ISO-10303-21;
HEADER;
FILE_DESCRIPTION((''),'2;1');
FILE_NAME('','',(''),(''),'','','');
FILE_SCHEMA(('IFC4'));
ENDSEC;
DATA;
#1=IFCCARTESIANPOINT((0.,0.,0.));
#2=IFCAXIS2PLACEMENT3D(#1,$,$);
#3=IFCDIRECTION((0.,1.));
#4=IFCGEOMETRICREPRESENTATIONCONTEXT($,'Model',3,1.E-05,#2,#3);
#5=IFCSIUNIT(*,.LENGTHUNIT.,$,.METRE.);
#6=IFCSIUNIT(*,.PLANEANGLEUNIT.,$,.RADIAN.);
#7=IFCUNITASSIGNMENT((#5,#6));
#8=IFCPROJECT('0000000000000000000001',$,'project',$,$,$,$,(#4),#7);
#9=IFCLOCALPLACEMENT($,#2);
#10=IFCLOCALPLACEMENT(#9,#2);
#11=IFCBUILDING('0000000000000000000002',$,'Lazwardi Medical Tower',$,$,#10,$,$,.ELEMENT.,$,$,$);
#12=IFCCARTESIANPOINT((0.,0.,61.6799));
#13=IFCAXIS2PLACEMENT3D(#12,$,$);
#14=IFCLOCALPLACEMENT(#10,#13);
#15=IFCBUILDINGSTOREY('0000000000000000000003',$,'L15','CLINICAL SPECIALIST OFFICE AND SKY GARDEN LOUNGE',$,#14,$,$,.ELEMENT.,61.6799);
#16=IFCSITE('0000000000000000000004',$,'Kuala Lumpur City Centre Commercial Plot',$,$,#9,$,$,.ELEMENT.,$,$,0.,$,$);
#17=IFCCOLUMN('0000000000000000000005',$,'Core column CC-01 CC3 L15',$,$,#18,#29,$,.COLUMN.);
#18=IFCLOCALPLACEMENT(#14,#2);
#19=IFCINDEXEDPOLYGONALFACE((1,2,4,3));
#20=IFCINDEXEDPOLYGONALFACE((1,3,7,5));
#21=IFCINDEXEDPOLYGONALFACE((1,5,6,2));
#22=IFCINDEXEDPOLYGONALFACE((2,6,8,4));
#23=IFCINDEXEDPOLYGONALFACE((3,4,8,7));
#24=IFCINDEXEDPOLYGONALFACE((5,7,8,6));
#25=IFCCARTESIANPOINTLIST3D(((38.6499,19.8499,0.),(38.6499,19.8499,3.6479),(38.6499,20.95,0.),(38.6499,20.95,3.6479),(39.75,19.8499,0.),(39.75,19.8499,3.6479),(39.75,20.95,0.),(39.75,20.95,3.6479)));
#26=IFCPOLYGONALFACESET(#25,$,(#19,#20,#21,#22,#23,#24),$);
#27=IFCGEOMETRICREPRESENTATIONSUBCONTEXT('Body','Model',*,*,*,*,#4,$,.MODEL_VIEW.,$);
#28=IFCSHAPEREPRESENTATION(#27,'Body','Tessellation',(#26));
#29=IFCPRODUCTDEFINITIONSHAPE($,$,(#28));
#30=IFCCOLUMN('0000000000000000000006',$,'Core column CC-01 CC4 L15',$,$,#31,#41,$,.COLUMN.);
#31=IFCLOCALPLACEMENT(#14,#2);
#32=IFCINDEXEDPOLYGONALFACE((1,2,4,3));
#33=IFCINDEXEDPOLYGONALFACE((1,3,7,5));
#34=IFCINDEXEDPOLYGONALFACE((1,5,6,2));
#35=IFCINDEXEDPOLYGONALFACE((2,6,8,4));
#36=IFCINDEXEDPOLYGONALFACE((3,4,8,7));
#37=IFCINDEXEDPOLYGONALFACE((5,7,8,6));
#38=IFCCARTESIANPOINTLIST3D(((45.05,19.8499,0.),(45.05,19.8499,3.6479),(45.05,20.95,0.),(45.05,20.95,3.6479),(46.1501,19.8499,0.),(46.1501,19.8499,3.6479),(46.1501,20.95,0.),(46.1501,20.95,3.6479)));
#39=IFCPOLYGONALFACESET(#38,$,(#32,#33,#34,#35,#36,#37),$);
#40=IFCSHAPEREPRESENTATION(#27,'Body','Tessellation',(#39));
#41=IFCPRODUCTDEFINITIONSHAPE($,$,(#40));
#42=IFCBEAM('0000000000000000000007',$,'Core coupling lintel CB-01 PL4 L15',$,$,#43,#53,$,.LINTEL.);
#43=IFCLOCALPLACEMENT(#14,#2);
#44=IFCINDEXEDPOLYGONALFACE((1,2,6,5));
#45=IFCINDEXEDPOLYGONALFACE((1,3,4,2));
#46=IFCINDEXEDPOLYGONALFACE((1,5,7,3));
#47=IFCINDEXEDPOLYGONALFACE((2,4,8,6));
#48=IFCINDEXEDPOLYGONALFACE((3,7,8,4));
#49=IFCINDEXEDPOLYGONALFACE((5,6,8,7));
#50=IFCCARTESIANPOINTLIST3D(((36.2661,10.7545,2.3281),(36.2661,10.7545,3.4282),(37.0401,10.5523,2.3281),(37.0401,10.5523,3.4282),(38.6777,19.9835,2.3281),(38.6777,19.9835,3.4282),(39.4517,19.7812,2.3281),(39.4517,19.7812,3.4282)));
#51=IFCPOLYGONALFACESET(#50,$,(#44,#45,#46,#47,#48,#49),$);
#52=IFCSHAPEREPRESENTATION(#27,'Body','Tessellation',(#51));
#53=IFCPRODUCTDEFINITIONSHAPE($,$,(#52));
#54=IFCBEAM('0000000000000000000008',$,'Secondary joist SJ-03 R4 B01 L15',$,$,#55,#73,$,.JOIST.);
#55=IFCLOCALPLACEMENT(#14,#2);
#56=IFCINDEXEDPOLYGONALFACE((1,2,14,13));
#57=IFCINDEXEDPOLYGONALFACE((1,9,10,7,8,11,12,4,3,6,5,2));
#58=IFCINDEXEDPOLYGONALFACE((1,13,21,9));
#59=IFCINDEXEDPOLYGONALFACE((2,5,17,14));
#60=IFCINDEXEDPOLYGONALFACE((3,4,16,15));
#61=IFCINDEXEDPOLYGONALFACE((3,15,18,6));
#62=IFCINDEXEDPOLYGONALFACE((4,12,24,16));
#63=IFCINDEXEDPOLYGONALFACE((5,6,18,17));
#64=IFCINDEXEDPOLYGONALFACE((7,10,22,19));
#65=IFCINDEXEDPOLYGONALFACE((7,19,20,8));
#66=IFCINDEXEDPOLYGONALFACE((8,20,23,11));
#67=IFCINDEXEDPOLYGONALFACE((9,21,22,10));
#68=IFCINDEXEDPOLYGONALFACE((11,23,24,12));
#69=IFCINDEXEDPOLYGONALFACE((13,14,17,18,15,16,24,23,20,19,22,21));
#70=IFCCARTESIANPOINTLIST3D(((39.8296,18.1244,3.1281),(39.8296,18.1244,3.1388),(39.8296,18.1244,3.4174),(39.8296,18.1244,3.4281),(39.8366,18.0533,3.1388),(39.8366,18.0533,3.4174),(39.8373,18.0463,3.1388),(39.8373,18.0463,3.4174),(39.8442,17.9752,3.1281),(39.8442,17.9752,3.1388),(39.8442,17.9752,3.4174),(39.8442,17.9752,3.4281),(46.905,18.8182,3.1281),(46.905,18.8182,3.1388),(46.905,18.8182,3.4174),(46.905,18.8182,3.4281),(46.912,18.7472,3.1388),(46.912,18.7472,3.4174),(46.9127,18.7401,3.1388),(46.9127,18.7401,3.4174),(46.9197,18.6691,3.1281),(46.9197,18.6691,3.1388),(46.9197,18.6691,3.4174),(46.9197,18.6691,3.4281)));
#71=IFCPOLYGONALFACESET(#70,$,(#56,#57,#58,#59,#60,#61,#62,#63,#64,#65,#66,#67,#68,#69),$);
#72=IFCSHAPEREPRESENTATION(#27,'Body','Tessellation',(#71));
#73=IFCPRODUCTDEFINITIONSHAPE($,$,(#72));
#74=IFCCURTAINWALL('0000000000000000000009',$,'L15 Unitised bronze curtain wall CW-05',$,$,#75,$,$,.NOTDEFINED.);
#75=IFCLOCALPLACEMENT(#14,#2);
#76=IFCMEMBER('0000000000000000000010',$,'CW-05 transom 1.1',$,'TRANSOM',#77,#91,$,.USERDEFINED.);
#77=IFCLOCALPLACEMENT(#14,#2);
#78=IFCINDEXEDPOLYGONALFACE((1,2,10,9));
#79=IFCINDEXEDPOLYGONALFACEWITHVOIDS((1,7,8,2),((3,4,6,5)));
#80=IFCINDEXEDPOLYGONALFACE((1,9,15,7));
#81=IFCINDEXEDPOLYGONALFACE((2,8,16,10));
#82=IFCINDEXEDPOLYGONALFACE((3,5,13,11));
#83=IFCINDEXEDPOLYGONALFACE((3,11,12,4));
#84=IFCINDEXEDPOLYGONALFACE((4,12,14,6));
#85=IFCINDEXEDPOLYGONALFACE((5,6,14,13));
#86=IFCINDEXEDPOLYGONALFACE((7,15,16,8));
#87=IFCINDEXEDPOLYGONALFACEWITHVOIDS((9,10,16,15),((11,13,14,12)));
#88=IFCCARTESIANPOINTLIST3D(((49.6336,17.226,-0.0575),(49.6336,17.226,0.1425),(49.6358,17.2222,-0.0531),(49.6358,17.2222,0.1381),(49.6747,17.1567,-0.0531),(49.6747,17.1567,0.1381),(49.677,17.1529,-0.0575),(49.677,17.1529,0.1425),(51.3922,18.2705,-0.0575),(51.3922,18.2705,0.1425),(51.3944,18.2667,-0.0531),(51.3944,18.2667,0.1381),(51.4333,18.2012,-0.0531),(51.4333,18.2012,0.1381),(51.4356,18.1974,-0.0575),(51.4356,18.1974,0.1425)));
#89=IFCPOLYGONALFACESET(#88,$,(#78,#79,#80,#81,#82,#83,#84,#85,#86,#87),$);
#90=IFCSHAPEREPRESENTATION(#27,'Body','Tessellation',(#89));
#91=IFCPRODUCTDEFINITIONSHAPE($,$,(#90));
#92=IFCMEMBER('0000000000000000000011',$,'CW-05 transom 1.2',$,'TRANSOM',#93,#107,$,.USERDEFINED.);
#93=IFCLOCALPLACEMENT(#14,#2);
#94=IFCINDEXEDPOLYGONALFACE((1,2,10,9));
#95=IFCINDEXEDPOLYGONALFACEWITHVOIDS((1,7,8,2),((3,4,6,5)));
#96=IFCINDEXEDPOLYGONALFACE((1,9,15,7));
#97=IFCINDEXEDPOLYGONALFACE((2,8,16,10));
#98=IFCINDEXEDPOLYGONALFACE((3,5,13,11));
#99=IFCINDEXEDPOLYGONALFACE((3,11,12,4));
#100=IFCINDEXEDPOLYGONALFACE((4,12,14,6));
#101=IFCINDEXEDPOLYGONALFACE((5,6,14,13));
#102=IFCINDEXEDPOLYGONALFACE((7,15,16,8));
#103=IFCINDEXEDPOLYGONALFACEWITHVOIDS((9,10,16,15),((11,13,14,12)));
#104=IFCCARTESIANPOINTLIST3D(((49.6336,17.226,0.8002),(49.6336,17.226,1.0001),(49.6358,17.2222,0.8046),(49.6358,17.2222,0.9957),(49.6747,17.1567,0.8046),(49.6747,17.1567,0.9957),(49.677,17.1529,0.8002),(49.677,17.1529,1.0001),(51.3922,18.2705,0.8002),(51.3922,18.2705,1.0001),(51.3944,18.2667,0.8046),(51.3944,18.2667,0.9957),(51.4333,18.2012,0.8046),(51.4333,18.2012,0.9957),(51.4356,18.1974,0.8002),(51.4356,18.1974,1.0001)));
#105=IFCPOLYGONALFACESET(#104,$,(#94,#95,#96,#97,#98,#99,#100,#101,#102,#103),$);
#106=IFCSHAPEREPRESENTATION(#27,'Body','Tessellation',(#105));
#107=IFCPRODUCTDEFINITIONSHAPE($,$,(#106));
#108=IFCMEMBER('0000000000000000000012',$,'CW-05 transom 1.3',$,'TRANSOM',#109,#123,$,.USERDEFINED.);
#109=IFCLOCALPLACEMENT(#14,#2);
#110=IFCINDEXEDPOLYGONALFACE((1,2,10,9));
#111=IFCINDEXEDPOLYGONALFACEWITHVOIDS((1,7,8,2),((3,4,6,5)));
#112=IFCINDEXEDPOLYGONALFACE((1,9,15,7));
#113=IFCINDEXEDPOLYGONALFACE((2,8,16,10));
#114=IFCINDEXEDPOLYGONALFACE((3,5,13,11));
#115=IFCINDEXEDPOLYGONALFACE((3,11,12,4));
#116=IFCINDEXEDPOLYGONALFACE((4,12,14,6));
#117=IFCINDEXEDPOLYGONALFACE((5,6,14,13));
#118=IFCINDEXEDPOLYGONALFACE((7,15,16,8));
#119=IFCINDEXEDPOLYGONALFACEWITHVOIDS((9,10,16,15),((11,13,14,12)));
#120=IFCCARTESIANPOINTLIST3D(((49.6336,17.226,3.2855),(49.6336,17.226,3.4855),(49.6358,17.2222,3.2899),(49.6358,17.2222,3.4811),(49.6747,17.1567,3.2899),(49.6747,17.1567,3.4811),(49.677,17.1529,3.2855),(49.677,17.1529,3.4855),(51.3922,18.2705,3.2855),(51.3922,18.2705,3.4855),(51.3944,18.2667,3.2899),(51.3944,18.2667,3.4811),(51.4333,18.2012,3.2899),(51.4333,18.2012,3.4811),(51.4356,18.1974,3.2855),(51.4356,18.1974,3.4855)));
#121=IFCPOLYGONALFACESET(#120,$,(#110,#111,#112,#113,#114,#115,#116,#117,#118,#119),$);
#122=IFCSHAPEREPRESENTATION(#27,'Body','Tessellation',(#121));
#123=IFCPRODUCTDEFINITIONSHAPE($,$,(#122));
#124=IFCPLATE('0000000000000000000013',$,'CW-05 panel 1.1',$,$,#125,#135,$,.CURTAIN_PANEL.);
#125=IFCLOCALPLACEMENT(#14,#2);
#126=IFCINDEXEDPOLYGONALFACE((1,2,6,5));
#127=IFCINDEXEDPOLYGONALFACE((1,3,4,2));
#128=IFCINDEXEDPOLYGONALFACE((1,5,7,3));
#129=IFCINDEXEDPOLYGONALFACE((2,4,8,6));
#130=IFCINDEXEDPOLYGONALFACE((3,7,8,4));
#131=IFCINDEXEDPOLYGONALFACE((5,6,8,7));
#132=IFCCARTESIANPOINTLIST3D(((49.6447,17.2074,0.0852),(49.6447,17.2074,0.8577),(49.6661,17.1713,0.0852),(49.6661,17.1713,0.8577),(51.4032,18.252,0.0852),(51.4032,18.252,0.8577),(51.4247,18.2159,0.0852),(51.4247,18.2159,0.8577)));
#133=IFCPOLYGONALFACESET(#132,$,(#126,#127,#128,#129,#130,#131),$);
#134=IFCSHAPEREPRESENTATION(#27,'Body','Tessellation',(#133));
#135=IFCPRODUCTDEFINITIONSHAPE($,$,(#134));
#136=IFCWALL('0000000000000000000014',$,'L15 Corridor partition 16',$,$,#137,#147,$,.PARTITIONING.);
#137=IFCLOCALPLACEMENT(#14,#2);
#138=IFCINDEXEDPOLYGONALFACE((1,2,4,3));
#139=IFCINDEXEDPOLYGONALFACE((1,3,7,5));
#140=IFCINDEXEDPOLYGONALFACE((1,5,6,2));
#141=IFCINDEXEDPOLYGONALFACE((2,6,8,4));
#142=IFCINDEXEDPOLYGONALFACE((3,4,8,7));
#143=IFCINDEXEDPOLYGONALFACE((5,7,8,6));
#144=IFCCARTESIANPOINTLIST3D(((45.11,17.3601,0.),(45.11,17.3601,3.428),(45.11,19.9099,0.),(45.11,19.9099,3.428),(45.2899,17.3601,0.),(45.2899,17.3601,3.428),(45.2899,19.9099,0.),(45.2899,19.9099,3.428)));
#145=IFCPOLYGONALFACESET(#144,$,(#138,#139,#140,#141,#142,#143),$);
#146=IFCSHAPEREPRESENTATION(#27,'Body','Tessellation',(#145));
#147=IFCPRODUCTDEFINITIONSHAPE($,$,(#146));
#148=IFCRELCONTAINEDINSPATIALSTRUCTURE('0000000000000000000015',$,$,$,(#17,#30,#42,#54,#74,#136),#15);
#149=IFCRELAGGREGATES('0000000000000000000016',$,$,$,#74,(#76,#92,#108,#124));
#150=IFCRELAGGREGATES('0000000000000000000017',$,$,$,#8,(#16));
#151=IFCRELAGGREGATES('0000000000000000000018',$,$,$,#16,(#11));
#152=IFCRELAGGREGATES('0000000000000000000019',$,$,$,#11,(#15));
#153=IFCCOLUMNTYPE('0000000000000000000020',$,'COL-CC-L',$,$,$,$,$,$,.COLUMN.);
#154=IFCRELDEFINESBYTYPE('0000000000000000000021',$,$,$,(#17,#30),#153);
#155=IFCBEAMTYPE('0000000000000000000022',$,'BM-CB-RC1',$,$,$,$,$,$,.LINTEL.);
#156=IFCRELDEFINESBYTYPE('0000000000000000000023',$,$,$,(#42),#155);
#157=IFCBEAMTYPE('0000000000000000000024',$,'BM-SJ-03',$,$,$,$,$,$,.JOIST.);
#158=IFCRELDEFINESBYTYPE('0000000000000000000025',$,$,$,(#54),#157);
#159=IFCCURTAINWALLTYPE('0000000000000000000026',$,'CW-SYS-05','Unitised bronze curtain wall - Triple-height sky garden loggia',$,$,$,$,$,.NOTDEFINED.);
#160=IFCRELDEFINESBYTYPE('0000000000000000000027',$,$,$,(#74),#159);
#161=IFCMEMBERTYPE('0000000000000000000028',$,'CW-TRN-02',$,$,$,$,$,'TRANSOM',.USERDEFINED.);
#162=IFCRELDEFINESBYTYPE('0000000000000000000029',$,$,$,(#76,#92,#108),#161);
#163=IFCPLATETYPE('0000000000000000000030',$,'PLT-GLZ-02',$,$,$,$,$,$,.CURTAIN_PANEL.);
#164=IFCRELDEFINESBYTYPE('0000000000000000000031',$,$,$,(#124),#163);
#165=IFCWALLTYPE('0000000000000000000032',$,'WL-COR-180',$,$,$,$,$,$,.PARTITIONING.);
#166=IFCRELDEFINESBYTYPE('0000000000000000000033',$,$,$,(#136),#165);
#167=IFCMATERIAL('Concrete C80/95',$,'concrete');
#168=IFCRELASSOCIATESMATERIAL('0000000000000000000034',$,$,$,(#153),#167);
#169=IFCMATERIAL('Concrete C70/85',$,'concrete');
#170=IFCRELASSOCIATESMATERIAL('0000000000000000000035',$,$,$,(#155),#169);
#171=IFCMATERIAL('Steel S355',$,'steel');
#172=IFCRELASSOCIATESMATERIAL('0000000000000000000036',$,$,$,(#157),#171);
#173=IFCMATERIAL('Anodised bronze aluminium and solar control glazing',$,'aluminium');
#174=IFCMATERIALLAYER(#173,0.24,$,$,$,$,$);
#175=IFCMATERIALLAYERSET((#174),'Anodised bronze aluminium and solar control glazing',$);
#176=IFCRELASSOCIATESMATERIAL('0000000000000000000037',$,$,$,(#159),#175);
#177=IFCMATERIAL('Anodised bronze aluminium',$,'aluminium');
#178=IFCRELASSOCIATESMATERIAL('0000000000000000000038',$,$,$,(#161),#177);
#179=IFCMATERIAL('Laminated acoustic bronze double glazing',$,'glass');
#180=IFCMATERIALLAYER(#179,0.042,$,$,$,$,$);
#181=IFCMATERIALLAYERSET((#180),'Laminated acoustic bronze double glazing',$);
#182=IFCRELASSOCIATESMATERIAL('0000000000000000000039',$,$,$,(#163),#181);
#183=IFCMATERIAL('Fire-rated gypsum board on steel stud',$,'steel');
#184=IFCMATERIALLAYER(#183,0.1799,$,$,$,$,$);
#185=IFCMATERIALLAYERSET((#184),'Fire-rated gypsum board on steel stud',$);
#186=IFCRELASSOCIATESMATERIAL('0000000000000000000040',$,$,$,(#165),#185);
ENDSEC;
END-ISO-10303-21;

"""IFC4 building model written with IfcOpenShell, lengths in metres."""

from ifc_helpers import new_model, si_unit, direction, frame, frame_2d, origin, origin_2d, place, context, subcontext, project, spatial, rectangle, hollow_rectangle, i_section, extrude, material, layer, layer_set, material_profile, profile_set, type_object, element, aggregate, save


model = new_model("IFC4")

# Units and contexts
model_context = context("Model", 3, precision=1e-05, world=origin(), true_north=direction((0.0, 1.0)))
body_context = subcontext(model_context, "Body", "Model", "MODEL_VIEW")
ifc_project = project(units=[si_unit("LENGTHUNIT", "METRE"), si_unit("PLANEANGLEUNIT", "RADIAN")], contexts=[model_context])

# Site, building, storey
site_placement = place(None, origin())
site = spatial("IfcSite", under=ifc_project, at=site_placement, Name="Kuala Lumpur City Centre Commercial Plot", CompositionType="ELEMENT", RefElevation=0.0)
building_placement = place(site_placement, origin())
building = spatial("IfcBuilding", under=site, at=building_placement, Name="Lazwardi Medical Tower", CompositionType="ELEMENT")
storey_placement = place(building_placement, frame((0.0, 0.0, 61.6799)))
storey = spatial("IfcBuildingStorey", under=building, at=storey_placement, Name="L15", Description="CLINICAL SPECIALIST OFFICE AND SKY GARDEN LOUNGE", CompositionType="ELEMENT", Elevation=61.6799)

# Columns
ifc_material_1 = material(Name="Concrete C80/95", Category="concrete")
ifc_material_profile_1 = material_profile(ifc_material_1, rectangle(XDim=1.1001, YDim=1.1001, at=origin_2d()), Name="RC 1100x1100")
ifc_profile_set_1 = profile_set([ifc_material_profile_1], Name="Concrete C80/95")
column_type = type_object("IfcColumnType", Name="COL-CC-L", PredefinedType="COLUMN", material=ifc_profile_set_1)
for number, where, z_axis, x_axis, name in (
    (1, (39.2, 20.3999, 0.0), (0.0, 0.0, 1.0), (1.0, 0.0, 0.0), "Core column CC-01 CC3 L15"),
    (2, (45.6001, 20.3999, 0.0), (0.0, 0.0, 1.0), (1.0, 0.0, 0.0), "Core column CC-01 CC4 L15"),
):
    element("IfcColumn", number, at=place(storey_placement, frame(where, z_axis=z_axis, x_axis=x_axis)), inside=storey, type_object=column_type, Name=name, PredefinedType="COLUMN", context=body_context, shape_type="SweptSolid", body=[
        extrude(rectangle(XDim=1.1001, YDim=1.1001, at=origin_2d()), origin(), (0.0, 0.0, 1.0), 3.6479),
    ])

# Beams
ifc_material_2 = material(Name="Concrete C70/85", Category="concrete")
ifc_material_profile_2 = material_profile(ifc_material_2, rectangle(XDim=0.8, YDim=1.1001, at=origin_2d()), Name="RC 800x1100")
ifc_profile_set_2 = profile_set([ifc_material_profile_2], Name="Concrete C70/85")
beam_type_1 = type_object("IfcBeamType", Name="BM-CB-RC1", PredefinedType="LINTEL", material=ifc_profile_set_2)
beam_1_placement = place(storey_placement, frame((39.0647, 19.8823, 2.8782), z_axis=(-0.25282, -0.967513, 0.0), x_axis=(0.967513, -0.25282, 0.0)))
element("IfcBeam", 3, at=beam_1_placement, inside=storey, type_object=beam_type_1, Name="Core coupling lintel CB-01 PL4 L15", PredefinedType="LINTEL", context=body_context, shape_type="SweptSolid", body=[
    extrude(rectangle(XDim=0.8, YDim=1.1001, at=origin_2d()), origin(), (0.0, 0.0, 1.0), 9.5388),
])
ifc_material_3 = material(Name="Steel S355", Category="steel")
ifc_material_profile_3 = material_profile(ifc_material_3, i_section(OverallWidth=0.1499, OverallDepth=0.3, WebThickness=0.0071, FlangeThickness=0.0107, at=origin_2d()), Name="IPE 300")
ifc_profile_set_3 = profile_set([ifc_material_profile_3], Name="Steel S355")
beam_type_2 = type_object("IfcBeamType", Name="BM-SJ-03", PredefinedType="JOIST", material=ifc_profile_set_3)
beam_2_placement = place(storey_placement, frame((39.8369, 18.0498, 3.2781), z_axis=(0.995226, 0.097596, 0.0), x_axis=(-0.097596, 0.995226, 0.0)))
element("IfcBeam", 4, at=beam_2_placement, inside=storey, type_object=beam_type_2, Name="Secondary joist SJ-03 R4 B01 L15", PredefinedType="JOIST", context=body_context, shape_type="SweptSolid", body=[
    extrude(i_section(OverallWidth=0.1499, OverallDepth=0.3, WebThickness=0.0071, FlangeThickness=0.0107, at=origin_2d()), origin(), (0.0, 0.0, 1.0), 7.1094),
])

# Curtain wall, members, plate
ifc_material_4 = material(Name="Anodised bronze aluminium and solar control glazing", Category="aluminium")
ifc_layer_1 = layer(ifc_material_4, 0.24)
ifc_layer_set_1 = layer_set([ifc_layer_1], Name="Anodised bronze aluminium and solar control glazing")
curtain_wall_type = type_object("IfcCurtainWallType", Name="CW-SYS-05", Description="Unitised bronze curtain wall - Triple-height sky garden loggia", PredefinedType="NOTDEFINED", material=ifc_layer_set_1)
curtain_wall_placement = place(storey_placement, origin())
curtain_wall = element("IfcCurtainWall", 5, at=curtain_wall_placement, inside=storey, type_object=curtain_wall_type, Name="L15 Unitised bronze curtain wall CW-05", PredefinedType="NOTDEFINED")
ifc_material_5 = material(Name="Anodised bronze aluminium", Category="aluminium")
ifc_material_profile_4 = material_profile(ifc_material_5, hollow_rectangle(XDim=0.085, YDim=0.2, WallThickness=0.0044, at=origin_2d()), Name="ALU-TRANSOM 200x85x4.5")
ifc_profile_set_4 = profile_set([ifc_material_profile_4], Name="Anodised bronze aluminium")
member_type = type_object("IfcMemberType", Name="CW-TRN-02", ElementType="TRANSOM", PredefinedType="USERDEFINED", material=ifc_profile_set_4)
member_1_placement = place(storey_placement, frame((49.6553, 17.1895, 0.0425), z_axis=(0.859791, 0.510646, 0.0), x_axis=(-0.510646, 0.859791, 0.0)))
member_1 = element("IfcMember", 6, at=member_1_placement, type_object=member_type, Name="CW-05 transom 1.1", ObjectType="TRANSOM", PredefinedType="USERDEFINED", context=body_context, shape_type="SweptSolid", body=[
    extrude(hollow_rectangle(XDim=0.085, YDim=0.2, WallThickness=0.0044, at=origin_2d()), origin(), (0.0, 0.0, 1.0), 2.0454),
])
member_2_placement = place(storey_placement, frame((49.6553, 17.1895, 0.9001), z_axis=(0.859791, 0.510646, 0.0), x_axis=(-0.510646, 0.859791, 0.0)))
member_2 = element("IfcMember", 7, at=member_2_placement, type_object=member_type, Name="CW-05 transom 1.2", ObjectType="TRANSOM", PredefinedType="USERDEFINED", context=body_context, shape_type="SweptSolid", body=[
    extrude(hollow_rectangle(XDim=0.085, YDim=0.2, WallThickness=0.0044, at=origin_2d()), origin(), (0.0, 0.0, 1.0), 2.0454),
])
member_3_placement = place(storey_placement, frame((49.6553, 17.1895, 3.3855), z_axis=(0.859791, 0.510646, 0.0), x_axis=(-0.510646, 0.859791, 0.0)))
member_3 = element("IfcMember", 8, at=member_3_placement, type_object=member_type, Name="CW-05 transom 1.3", ObjectType="TRANSOM", PredefinedType="USERDEFINED", context=body_context, shape_type="SweptSolid", body=[
    extrude(hollow_rectangle(XDim=0.085, YDim=0.2, WallThickness=0.0044, at=origin_2d()), origin(), (0.0, 0.0, 1.0), 2.0454),
])
ifc_material_6 = material(Name="Laminated acoustic bronze double glazing", Category="glass")
ifc_layer_2 = layer(ifc_material_6, 0.042)
ifc_layer_set_2 = layer_set([ifc_layer_2], Name="Laminated acoustic bronze double glazing")
plate_type = type_object("IfcPlateType", Name="PLT-GLZ-02", PredefinedType="CURTAIN_PANEL", material=ifc_layer_set_2)
plate_placement = place(storey_placement, frame((50.5347, 17.7117, 0.0852), z_axis=(0.0, 0.0, 1.0), x_axis=(0.859771, 0.51068, 0.0)))
plate = element("IfcPlate", 9, at=plate_placement, type_object=plate_type, Name="CW-05 panel 1.1", PredefinedType="CURTAIN_PANEL", context=body_context, shape_type="SweptSolid", body=[
    extrude(rectangle(XDim=2.0454, YDim=0.042, at=origin_2d()), origin(), (0.0, 0.0, 1.0), 0.7725),
])
aggregate(curtain_wall, [member_1, member_2, member_3, plate])

# Wall
ifc_material_7 = material(Name="Fire-rated gypsum board on steel stud", Category="steel")
ifc_layer_3 = layer(ifc_material_7, 0.1799)
ifc_layer_set_3 = layer_set([ifc_layer_3], Name="Fire-rated gypsum board on steel stud")
wall_type_1 = type_object("IfcWallType", Name="WL-COR-180", PredefinedType="PARTITIONING", material=ifc_layer_set_3)
wall_1_placement = place(storey_placement, frame((45.2, 19.9099, 0.0), z_axis=(0.0, 0.0, 1.0), x_axis=(0.0, -1.0, 0.0)))
element("IfcWall", 10, at=wall_1_placement, inside=storey, type_object=wall_type_1, Name="L15 Corridor partition 16", PredefinedType="PARTITIONING", context=body_context, shape_type="SweptSolid", body=[
    extrude(rectangle(XDim=2.5498, YDim=0.1799, at=frame_2d((1.2749, 0.0))), origin(), (0.0, 0.0, 1.0), 3.428),
])

save(model, "model.ifc")
